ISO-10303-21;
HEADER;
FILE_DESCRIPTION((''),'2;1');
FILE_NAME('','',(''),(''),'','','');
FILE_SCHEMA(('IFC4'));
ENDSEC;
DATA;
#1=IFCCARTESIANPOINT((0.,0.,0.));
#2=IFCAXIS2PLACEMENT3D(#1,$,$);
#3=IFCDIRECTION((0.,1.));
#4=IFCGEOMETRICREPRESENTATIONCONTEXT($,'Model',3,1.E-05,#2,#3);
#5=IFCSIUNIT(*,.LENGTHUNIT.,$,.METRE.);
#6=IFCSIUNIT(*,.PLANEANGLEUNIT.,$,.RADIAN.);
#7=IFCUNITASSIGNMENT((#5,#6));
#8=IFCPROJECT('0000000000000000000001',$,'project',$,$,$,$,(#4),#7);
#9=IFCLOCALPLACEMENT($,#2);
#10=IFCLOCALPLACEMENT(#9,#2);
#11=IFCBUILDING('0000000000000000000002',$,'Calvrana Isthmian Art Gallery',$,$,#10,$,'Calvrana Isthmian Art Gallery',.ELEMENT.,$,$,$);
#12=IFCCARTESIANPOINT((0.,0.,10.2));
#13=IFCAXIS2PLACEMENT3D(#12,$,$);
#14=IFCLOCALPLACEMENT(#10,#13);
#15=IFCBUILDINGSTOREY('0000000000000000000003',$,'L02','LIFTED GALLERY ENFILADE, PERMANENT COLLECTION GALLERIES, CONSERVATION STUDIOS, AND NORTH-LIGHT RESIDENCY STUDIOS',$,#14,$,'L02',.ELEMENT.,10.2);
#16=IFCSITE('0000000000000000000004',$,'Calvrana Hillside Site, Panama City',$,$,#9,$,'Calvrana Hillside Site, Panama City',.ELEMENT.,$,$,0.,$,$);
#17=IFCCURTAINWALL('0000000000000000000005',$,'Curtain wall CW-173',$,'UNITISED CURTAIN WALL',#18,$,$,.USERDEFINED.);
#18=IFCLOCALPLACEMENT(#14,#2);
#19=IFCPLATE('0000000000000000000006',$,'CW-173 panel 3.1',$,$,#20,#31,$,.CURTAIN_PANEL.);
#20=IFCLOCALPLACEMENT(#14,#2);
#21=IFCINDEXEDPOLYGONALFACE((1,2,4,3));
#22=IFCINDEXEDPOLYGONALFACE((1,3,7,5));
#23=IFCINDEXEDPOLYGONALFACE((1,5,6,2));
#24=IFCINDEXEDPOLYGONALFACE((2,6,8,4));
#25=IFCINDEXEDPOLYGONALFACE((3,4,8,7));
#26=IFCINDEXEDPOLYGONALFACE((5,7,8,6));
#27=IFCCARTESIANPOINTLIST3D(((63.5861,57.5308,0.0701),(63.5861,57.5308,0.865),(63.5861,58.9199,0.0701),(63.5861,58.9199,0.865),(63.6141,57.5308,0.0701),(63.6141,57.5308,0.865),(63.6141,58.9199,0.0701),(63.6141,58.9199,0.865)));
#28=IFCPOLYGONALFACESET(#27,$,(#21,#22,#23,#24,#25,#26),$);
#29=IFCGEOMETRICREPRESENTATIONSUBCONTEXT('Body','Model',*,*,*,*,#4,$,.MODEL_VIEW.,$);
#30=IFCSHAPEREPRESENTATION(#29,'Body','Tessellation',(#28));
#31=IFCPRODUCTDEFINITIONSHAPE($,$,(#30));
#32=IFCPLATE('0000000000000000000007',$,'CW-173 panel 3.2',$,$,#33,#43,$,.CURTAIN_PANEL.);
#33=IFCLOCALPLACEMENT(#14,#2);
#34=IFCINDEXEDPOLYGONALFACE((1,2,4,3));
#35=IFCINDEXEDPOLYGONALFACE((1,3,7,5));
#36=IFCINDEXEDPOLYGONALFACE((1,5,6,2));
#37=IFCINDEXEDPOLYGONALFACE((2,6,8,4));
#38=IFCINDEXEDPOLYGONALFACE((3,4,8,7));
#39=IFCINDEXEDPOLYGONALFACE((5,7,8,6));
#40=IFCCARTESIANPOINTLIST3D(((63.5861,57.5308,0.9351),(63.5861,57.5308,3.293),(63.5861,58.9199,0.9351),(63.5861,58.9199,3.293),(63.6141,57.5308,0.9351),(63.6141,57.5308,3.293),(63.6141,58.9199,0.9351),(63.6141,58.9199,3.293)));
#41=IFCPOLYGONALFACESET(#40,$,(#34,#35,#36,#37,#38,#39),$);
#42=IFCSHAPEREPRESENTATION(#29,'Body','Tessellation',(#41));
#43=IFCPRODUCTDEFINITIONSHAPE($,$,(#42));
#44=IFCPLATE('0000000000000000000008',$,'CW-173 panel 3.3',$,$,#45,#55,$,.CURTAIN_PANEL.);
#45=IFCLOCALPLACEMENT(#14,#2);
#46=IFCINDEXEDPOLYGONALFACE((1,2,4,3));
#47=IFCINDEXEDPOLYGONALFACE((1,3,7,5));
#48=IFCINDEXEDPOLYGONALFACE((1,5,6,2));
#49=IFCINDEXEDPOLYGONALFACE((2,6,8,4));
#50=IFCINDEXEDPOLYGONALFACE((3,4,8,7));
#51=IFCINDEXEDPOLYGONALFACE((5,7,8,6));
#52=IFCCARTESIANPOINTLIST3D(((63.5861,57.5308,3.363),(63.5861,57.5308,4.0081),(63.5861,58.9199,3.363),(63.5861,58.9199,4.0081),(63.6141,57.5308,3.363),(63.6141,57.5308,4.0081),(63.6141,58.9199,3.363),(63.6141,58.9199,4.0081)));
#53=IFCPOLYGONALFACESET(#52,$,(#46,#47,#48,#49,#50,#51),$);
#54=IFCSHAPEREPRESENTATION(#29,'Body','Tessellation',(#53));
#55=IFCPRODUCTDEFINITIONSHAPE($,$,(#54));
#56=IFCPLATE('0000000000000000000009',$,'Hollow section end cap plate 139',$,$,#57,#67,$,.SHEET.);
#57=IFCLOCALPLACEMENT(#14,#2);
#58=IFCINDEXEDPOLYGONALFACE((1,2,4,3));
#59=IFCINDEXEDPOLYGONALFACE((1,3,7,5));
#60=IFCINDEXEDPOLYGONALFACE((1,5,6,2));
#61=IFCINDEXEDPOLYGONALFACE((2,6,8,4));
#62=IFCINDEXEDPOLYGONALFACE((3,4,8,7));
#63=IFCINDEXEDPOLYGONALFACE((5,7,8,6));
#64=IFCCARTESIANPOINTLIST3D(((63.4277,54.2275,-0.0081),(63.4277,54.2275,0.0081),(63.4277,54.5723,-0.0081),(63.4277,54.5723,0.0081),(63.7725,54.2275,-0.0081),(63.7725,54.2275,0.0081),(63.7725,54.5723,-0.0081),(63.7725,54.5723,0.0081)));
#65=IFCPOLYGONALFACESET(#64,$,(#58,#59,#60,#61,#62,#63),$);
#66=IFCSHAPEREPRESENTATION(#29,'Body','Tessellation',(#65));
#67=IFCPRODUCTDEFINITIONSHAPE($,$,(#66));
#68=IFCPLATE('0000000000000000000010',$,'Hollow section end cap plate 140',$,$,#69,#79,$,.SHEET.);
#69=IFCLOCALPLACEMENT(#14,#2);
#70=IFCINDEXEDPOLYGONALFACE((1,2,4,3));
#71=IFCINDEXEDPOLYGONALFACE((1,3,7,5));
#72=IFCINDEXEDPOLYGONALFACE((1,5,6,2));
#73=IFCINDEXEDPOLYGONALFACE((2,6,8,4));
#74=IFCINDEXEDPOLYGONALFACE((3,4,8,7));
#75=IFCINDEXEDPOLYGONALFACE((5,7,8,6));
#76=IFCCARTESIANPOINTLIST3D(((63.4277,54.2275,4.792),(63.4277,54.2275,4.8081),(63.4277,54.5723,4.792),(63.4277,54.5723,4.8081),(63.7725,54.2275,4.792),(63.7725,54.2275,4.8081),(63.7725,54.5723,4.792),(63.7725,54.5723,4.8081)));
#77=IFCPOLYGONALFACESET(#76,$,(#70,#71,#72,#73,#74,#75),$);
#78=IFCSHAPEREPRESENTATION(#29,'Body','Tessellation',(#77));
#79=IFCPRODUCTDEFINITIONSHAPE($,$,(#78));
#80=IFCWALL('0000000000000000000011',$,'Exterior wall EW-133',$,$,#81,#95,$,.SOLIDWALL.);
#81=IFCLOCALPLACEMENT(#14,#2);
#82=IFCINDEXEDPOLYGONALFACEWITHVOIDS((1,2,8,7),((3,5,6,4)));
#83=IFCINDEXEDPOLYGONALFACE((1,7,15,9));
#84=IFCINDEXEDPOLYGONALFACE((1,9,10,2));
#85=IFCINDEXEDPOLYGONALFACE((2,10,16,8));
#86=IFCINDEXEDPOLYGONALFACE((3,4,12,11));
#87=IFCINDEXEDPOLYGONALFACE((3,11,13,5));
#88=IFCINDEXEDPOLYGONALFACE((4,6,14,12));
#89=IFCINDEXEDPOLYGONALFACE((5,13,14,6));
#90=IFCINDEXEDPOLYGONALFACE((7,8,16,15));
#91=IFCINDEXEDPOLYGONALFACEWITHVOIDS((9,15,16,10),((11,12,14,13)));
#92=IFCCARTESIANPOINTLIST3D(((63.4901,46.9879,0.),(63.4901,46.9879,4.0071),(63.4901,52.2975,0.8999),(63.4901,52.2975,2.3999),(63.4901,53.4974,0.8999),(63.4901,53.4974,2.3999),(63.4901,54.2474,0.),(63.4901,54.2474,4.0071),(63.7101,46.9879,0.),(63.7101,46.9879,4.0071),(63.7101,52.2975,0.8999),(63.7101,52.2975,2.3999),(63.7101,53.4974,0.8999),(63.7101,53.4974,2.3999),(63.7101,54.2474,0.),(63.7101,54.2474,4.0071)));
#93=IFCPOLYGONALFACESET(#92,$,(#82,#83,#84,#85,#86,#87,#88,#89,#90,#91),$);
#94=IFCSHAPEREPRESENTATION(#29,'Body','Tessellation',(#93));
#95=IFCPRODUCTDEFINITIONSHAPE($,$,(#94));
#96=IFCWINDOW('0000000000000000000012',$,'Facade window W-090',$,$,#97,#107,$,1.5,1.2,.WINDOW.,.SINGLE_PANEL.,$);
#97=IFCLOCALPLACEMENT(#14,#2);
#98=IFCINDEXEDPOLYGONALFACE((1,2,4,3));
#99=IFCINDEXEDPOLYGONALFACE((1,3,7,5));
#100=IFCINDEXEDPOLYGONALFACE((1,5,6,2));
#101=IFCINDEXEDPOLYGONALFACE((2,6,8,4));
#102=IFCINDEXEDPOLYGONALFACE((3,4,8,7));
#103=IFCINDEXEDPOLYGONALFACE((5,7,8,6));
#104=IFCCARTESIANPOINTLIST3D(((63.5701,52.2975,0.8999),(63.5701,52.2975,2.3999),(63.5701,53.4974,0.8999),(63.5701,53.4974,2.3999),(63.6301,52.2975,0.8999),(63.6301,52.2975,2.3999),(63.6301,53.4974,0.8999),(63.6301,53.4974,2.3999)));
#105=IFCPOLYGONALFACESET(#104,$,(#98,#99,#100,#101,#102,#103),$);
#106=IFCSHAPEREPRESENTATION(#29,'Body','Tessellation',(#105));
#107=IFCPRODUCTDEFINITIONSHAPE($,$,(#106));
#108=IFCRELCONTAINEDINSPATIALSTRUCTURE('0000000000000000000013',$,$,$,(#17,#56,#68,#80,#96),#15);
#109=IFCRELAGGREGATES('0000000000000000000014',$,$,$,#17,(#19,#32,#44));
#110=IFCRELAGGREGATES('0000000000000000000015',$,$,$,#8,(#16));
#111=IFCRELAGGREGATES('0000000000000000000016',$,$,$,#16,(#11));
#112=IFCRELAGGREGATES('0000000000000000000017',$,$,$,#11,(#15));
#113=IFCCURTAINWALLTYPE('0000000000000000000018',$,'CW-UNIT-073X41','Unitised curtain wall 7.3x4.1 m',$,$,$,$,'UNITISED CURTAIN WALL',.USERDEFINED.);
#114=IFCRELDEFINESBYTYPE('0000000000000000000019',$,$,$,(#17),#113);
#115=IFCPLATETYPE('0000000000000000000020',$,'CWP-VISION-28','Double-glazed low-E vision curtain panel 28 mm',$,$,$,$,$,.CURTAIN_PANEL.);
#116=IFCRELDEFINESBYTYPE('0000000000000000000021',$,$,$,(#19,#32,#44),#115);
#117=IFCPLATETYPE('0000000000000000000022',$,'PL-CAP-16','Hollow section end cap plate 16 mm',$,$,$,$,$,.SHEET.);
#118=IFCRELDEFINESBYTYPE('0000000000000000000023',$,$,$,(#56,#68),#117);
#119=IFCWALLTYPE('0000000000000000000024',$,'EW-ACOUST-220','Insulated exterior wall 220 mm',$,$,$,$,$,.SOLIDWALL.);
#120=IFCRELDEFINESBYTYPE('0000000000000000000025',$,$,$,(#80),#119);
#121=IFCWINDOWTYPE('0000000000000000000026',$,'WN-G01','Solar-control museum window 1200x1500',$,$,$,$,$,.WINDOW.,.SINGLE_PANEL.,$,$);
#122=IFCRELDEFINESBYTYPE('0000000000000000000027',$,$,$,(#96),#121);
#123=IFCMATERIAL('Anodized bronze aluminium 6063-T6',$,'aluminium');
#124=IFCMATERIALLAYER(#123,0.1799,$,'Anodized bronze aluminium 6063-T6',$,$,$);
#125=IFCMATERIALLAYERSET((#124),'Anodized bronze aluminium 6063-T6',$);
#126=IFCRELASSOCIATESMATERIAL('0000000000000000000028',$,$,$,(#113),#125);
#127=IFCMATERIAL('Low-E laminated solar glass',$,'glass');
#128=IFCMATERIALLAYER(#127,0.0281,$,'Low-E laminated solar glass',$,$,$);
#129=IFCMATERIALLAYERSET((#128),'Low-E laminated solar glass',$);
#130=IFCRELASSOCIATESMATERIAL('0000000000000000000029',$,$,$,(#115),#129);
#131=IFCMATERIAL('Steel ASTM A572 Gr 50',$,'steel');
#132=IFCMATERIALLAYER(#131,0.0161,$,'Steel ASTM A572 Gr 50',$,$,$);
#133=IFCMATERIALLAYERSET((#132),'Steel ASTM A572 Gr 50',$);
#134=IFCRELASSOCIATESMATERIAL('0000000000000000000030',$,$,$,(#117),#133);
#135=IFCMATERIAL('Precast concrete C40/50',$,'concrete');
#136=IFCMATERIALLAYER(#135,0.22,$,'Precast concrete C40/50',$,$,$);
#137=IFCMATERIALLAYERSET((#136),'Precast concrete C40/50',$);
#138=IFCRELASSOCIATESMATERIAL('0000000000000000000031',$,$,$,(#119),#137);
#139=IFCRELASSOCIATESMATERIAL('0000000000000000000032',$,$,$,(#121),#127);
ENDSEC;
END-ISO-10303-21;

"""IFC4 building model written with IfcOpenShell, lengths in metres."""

from ifc_helpers import new_model, si_unit, direction, frame, frame_2d, origin, origin_2d, place, context, subcontext, project, spatial, rectangle, extrude, material, layer, layer_set, type_object, element, fill, aggregate, save


model = new_model("IFC4")

# Units and contexts
model_context = context("Model", 3, precision=1e-05, world=origin(), true_north=direction((0.0, 1.0)))
body_context = subcontext(model_context, "Body", "Model", "MODEL_VIEW")
ifc_project = project(units=[si_unit("LENGTHUNIT", "METRE"), si_unit("PLANEANGLEUNIT", "RADIAN")], contexts=[model_context])

# Site, building, storey
site_placement = place(None, origin())
site = spatial("IfcSite", under=ifc_project, at=site_placement, Name="Calvrana Hillside Site, Panama City", LongName="Calvrana Hillside Site, Panama City", CompositionType="ELEMENT", RefElevation=0.0)
building_placement = place(site_placement, origin())
building = spatial("IfcBuilding", under=site, at=building_placement, Name="Calvrana Isthmian Art Gallery", LongName="Calvrana Isthmian Art Gallery", CompositionType="ELEMENT")
storey_placement = place(building_placement, frame((0.0, 0.0, 10.2)))
storey = spatial("IfcBuildingStorey", under=building, at=storey_placement, Name="L02", Description="LIFTED GALLERY ENFILADE, PERMANENT COLLECTION GALLERIES, CONSERVATION STUDIOS, AND NORTH-LIGHT RESIDENCY STUDIOS", LongName="L02", CompositionType="ELEMENT", Elevation=10.2)

# Curtain wall, plates
ifc_material_1 = material(Name="Anodized bronze aluminium 6063-T6", Category="aluminium")
ifc_layer_1 = layer(ifc_material_1, 0.1799, Name="Anodized bronze aluminium 6063-T6")
ifc_layer_set_1 = layer_set([ifc_layer_1], Name="Anodized bronze aluminium 6063-T6")
curtain_wall_type = type_object("IfcCurtainWallType", Name="CW-UNIT-073X41", Description="Unitised curtain wall 7.3x4.1 m", ElementType="UNITISED CURTAIN WALL", PredefinedType="USERDEFINED", material=ifc_layer_set_1)
curtain_wall_placement = place(storey_placement, origin())
curtain_wall = element("IfcCurtainWall", 1, at=curtain_wall_placement, inside=storey, type_object=curtain_wall_type, Name="Curtain wall CW-173", ObjectType="UNITISED CURTAIN WALL", PredefinedType="USERDEFINED")
ifc_material_2 = material(Name="Low-E laminated solar glass", Category="glass")
ifc_layer_2 = layer(ifc_material_2, 0.0281, Name="Low-E laminated solar glass")
ifc_layer_set_2 = layer_set([ifc_layer_2], Name="Low-E laminated solar glass")
plate_type_1 = type_object("IfcPlateType", Name="CWP-VISION-28", Description="Double-glazed low-E vision curtain panel 28 mm", PredefinedType="CURTAIN_PANEL", material=ifc_layer_set_2)
plate_1_placement = place(storey_placement, frame((63.6001, 58.2253, 0.0701), z_axis=(0.0, 0.0, 1.0), x_axis=(0.0, -1.0, 0.0)))
plate_1 = element("IfcPlate", 2, at=plate_1_placement, type_object=plate_type_1, Name="CW-173 panel 3.1", PredefinedType="CURTAIN_PANEL", context=body_context, shape_type="SweptSolid", body=[
    extrude(rectangle(XDim=1.3892, YDim=0.0281, at=origin_2d()), origin(), (0.0, 0.0, 1.0), 0.7949),
])
plate_2_placement = place(storey_placement, frame((63.6001, 58.2253, 0.9351), z_axis=(0.0, 0.0, 1.0), x_axis=(0.0, -1.0, 0.0)))
plate_2 = element("IfcPlate", 3, at=plate_2_placement, type_object=plate_type_1, Name="CW-173 panel 3.2", PredefinedType="CURTAIN_PANEL", context=body_context, shape_type="SweptSolid", body=[
    extrude(rectangle(XDim=1.3892, YDim=0.0281, at=origin_2d()), origin(), (0.0, 0.0, 1.0), 2.3579),
])
plate_3_placement = place(storey_placement, frame((63.6001, 58.2253, 3.363), z_axis=(0.0, 0.0, 1.0), x_axis=(0.0, -1.0, 0.0)))
plate_3 = element("IfcPlate", 4, at=plate_3_placement, type_object=plate_type_1, Name="CW-173 panel 3.3", PredefinedType="CURTAIN_PANEL", context=body_context, shape_type="SweptSolid", body=[
    extrude(rectangle(XDim=1.3892, YDim=0.0281, at=origin_2d()), origin(), (0.0, 0.0, 1.0), 0.645),
])
aggregate(curtain_wall, [plate_1, plate_2, plate_3])

# Plates
ifc_material_3 = material(Name="Steel ASTM A572 Gr 50", Category="steel")
ifc_layer_3 = layer(ifc_material_3, 0.0161, Name="Steel ASTM A572 Gr 50")
ifc_layer_set_3 = layer_set([ifc_layer_3], Name="Steel ASTM A572 Gr 50")
plate_type_2 = type_object("IfcPlateType", Name="PL-CAP-16", Description="Hollow section end cap plate 16 mm", PredefinedType="SHEET", material=ifc_layer_set_3)
for number, where, z_axis, x_axis, name in (
    (5, (63.6001, 54.3999, -0.0081), (0.0, 0.0, 1.0), (1.0, 0.0, 0.0), "Hollow section end cap plate 139"),
    (6, (63.6001, 54.3999, 4.792), (0.0, 0.0, 1.0), (1.0, 0.0, 0.0), "Hollow section end cap plate 140"),
):
    element("IfcPlate", number, at=place(storey_placement, frame(where, z_axis=z_axis, x_axis=x_axis)), inside=storey, type_object=plate_type_2, Name=name, PredefinedType="SHEET", context=body_context, shape_type="SweptSolid", body=[
        extrude(rectangle(XDim=0.3447, YDim=0.3447, at=origin_2d()), origin(), (0.0, 0.0, 1.0), 0.0161),
    ])

# Wall, opening, window
ifc_material_4 = material(Name="Precast concrete C40/50", Category="concrete")
ifc_layer_4 = layer(ifc_material_4, 0.22, Name="Precast concrete C40/50")
ifc_layer_set_4 = layer_set([ifc_layer_4], Name="Precast concrete C40/50")
wall_type = type_object("IfcWallType", Name="EW-ACOUST-220", Description="Insulated exterior wall 220 mm", PredefinedType="SOLIDWALL", material=ifc_layer_set_4)
wall_placement = place(storey_placement, frame((63.6001, 54.2476, 0.0), z_axis=(0.0, 0.0, 1.0), x_axis=(0.0, -1.0, 0.0)))
wall = element("IfcWall", 7, at=wall_placement, inside=storey, type_object=wall_type, Name="Exterior wall EW-133", PredefinedType="SOLIDWALL", context=body_context, shape_type="SweptSolid", body=[
    extrude(rectangle(XDim=7.2595, YDim=0.22, at=frame_2d((3.6299, 0.0))), origin(), (0.0, 0.0, 1.0), 4.0071),
])
opening_placement = place(wall_placement, frame((0.75, 0.0, 0.8999)))
opening = element("IfcOpeningElement", 8, at=opening_placement, cuts=wall, PredefinedType="OPENING", context=body_context, shape_type="SweptSolid", body=[
    extrude(rectangle(XDim=1.2, YDim=1.5, at=frame_2d((0.6001, 0.75))), frame((0.0, 0.1201, 0.0), z_axis=(0.0, -1.0, 0.0), x_axis=(1.0, 0.0, 0.0)), (0.0, 0.0, 1.0), 0.2405),
])
window_type = type_object("IfcWindowType", Name="WN-G01", Description="Solar-control museum window 1200x1500", PartitioningType="SINGLE_PANEL", PredefinedType="WINDOW", material=ifc_material_2)
window_placement = place(opening_placement, origin())
window = element("IfcWindow", 9, at=window_placement, inside=storey, type_object=window_type, Name="Facade window W-090", OverallHeight=1.5, OverallWidth=1.2, PartitioningType="SINGLE_PANEL", PredefinedType="WINDOW", context=body_context, shape_type="SweptSolid", body=[
    extrude(rectangle(XDim=1.2, YDim=1.5, at=frame_2d((0.6001, 0.75))), frame((0.0, 0.03, 0.0), z_axis=(0.0, -1.0, 0.0), x_axis=(1.0, 0.0, 0.0)), (0.0, 0.0, 1.0), 0.0601),
])
fill(opening, window)

save(model, "model.ifc")
